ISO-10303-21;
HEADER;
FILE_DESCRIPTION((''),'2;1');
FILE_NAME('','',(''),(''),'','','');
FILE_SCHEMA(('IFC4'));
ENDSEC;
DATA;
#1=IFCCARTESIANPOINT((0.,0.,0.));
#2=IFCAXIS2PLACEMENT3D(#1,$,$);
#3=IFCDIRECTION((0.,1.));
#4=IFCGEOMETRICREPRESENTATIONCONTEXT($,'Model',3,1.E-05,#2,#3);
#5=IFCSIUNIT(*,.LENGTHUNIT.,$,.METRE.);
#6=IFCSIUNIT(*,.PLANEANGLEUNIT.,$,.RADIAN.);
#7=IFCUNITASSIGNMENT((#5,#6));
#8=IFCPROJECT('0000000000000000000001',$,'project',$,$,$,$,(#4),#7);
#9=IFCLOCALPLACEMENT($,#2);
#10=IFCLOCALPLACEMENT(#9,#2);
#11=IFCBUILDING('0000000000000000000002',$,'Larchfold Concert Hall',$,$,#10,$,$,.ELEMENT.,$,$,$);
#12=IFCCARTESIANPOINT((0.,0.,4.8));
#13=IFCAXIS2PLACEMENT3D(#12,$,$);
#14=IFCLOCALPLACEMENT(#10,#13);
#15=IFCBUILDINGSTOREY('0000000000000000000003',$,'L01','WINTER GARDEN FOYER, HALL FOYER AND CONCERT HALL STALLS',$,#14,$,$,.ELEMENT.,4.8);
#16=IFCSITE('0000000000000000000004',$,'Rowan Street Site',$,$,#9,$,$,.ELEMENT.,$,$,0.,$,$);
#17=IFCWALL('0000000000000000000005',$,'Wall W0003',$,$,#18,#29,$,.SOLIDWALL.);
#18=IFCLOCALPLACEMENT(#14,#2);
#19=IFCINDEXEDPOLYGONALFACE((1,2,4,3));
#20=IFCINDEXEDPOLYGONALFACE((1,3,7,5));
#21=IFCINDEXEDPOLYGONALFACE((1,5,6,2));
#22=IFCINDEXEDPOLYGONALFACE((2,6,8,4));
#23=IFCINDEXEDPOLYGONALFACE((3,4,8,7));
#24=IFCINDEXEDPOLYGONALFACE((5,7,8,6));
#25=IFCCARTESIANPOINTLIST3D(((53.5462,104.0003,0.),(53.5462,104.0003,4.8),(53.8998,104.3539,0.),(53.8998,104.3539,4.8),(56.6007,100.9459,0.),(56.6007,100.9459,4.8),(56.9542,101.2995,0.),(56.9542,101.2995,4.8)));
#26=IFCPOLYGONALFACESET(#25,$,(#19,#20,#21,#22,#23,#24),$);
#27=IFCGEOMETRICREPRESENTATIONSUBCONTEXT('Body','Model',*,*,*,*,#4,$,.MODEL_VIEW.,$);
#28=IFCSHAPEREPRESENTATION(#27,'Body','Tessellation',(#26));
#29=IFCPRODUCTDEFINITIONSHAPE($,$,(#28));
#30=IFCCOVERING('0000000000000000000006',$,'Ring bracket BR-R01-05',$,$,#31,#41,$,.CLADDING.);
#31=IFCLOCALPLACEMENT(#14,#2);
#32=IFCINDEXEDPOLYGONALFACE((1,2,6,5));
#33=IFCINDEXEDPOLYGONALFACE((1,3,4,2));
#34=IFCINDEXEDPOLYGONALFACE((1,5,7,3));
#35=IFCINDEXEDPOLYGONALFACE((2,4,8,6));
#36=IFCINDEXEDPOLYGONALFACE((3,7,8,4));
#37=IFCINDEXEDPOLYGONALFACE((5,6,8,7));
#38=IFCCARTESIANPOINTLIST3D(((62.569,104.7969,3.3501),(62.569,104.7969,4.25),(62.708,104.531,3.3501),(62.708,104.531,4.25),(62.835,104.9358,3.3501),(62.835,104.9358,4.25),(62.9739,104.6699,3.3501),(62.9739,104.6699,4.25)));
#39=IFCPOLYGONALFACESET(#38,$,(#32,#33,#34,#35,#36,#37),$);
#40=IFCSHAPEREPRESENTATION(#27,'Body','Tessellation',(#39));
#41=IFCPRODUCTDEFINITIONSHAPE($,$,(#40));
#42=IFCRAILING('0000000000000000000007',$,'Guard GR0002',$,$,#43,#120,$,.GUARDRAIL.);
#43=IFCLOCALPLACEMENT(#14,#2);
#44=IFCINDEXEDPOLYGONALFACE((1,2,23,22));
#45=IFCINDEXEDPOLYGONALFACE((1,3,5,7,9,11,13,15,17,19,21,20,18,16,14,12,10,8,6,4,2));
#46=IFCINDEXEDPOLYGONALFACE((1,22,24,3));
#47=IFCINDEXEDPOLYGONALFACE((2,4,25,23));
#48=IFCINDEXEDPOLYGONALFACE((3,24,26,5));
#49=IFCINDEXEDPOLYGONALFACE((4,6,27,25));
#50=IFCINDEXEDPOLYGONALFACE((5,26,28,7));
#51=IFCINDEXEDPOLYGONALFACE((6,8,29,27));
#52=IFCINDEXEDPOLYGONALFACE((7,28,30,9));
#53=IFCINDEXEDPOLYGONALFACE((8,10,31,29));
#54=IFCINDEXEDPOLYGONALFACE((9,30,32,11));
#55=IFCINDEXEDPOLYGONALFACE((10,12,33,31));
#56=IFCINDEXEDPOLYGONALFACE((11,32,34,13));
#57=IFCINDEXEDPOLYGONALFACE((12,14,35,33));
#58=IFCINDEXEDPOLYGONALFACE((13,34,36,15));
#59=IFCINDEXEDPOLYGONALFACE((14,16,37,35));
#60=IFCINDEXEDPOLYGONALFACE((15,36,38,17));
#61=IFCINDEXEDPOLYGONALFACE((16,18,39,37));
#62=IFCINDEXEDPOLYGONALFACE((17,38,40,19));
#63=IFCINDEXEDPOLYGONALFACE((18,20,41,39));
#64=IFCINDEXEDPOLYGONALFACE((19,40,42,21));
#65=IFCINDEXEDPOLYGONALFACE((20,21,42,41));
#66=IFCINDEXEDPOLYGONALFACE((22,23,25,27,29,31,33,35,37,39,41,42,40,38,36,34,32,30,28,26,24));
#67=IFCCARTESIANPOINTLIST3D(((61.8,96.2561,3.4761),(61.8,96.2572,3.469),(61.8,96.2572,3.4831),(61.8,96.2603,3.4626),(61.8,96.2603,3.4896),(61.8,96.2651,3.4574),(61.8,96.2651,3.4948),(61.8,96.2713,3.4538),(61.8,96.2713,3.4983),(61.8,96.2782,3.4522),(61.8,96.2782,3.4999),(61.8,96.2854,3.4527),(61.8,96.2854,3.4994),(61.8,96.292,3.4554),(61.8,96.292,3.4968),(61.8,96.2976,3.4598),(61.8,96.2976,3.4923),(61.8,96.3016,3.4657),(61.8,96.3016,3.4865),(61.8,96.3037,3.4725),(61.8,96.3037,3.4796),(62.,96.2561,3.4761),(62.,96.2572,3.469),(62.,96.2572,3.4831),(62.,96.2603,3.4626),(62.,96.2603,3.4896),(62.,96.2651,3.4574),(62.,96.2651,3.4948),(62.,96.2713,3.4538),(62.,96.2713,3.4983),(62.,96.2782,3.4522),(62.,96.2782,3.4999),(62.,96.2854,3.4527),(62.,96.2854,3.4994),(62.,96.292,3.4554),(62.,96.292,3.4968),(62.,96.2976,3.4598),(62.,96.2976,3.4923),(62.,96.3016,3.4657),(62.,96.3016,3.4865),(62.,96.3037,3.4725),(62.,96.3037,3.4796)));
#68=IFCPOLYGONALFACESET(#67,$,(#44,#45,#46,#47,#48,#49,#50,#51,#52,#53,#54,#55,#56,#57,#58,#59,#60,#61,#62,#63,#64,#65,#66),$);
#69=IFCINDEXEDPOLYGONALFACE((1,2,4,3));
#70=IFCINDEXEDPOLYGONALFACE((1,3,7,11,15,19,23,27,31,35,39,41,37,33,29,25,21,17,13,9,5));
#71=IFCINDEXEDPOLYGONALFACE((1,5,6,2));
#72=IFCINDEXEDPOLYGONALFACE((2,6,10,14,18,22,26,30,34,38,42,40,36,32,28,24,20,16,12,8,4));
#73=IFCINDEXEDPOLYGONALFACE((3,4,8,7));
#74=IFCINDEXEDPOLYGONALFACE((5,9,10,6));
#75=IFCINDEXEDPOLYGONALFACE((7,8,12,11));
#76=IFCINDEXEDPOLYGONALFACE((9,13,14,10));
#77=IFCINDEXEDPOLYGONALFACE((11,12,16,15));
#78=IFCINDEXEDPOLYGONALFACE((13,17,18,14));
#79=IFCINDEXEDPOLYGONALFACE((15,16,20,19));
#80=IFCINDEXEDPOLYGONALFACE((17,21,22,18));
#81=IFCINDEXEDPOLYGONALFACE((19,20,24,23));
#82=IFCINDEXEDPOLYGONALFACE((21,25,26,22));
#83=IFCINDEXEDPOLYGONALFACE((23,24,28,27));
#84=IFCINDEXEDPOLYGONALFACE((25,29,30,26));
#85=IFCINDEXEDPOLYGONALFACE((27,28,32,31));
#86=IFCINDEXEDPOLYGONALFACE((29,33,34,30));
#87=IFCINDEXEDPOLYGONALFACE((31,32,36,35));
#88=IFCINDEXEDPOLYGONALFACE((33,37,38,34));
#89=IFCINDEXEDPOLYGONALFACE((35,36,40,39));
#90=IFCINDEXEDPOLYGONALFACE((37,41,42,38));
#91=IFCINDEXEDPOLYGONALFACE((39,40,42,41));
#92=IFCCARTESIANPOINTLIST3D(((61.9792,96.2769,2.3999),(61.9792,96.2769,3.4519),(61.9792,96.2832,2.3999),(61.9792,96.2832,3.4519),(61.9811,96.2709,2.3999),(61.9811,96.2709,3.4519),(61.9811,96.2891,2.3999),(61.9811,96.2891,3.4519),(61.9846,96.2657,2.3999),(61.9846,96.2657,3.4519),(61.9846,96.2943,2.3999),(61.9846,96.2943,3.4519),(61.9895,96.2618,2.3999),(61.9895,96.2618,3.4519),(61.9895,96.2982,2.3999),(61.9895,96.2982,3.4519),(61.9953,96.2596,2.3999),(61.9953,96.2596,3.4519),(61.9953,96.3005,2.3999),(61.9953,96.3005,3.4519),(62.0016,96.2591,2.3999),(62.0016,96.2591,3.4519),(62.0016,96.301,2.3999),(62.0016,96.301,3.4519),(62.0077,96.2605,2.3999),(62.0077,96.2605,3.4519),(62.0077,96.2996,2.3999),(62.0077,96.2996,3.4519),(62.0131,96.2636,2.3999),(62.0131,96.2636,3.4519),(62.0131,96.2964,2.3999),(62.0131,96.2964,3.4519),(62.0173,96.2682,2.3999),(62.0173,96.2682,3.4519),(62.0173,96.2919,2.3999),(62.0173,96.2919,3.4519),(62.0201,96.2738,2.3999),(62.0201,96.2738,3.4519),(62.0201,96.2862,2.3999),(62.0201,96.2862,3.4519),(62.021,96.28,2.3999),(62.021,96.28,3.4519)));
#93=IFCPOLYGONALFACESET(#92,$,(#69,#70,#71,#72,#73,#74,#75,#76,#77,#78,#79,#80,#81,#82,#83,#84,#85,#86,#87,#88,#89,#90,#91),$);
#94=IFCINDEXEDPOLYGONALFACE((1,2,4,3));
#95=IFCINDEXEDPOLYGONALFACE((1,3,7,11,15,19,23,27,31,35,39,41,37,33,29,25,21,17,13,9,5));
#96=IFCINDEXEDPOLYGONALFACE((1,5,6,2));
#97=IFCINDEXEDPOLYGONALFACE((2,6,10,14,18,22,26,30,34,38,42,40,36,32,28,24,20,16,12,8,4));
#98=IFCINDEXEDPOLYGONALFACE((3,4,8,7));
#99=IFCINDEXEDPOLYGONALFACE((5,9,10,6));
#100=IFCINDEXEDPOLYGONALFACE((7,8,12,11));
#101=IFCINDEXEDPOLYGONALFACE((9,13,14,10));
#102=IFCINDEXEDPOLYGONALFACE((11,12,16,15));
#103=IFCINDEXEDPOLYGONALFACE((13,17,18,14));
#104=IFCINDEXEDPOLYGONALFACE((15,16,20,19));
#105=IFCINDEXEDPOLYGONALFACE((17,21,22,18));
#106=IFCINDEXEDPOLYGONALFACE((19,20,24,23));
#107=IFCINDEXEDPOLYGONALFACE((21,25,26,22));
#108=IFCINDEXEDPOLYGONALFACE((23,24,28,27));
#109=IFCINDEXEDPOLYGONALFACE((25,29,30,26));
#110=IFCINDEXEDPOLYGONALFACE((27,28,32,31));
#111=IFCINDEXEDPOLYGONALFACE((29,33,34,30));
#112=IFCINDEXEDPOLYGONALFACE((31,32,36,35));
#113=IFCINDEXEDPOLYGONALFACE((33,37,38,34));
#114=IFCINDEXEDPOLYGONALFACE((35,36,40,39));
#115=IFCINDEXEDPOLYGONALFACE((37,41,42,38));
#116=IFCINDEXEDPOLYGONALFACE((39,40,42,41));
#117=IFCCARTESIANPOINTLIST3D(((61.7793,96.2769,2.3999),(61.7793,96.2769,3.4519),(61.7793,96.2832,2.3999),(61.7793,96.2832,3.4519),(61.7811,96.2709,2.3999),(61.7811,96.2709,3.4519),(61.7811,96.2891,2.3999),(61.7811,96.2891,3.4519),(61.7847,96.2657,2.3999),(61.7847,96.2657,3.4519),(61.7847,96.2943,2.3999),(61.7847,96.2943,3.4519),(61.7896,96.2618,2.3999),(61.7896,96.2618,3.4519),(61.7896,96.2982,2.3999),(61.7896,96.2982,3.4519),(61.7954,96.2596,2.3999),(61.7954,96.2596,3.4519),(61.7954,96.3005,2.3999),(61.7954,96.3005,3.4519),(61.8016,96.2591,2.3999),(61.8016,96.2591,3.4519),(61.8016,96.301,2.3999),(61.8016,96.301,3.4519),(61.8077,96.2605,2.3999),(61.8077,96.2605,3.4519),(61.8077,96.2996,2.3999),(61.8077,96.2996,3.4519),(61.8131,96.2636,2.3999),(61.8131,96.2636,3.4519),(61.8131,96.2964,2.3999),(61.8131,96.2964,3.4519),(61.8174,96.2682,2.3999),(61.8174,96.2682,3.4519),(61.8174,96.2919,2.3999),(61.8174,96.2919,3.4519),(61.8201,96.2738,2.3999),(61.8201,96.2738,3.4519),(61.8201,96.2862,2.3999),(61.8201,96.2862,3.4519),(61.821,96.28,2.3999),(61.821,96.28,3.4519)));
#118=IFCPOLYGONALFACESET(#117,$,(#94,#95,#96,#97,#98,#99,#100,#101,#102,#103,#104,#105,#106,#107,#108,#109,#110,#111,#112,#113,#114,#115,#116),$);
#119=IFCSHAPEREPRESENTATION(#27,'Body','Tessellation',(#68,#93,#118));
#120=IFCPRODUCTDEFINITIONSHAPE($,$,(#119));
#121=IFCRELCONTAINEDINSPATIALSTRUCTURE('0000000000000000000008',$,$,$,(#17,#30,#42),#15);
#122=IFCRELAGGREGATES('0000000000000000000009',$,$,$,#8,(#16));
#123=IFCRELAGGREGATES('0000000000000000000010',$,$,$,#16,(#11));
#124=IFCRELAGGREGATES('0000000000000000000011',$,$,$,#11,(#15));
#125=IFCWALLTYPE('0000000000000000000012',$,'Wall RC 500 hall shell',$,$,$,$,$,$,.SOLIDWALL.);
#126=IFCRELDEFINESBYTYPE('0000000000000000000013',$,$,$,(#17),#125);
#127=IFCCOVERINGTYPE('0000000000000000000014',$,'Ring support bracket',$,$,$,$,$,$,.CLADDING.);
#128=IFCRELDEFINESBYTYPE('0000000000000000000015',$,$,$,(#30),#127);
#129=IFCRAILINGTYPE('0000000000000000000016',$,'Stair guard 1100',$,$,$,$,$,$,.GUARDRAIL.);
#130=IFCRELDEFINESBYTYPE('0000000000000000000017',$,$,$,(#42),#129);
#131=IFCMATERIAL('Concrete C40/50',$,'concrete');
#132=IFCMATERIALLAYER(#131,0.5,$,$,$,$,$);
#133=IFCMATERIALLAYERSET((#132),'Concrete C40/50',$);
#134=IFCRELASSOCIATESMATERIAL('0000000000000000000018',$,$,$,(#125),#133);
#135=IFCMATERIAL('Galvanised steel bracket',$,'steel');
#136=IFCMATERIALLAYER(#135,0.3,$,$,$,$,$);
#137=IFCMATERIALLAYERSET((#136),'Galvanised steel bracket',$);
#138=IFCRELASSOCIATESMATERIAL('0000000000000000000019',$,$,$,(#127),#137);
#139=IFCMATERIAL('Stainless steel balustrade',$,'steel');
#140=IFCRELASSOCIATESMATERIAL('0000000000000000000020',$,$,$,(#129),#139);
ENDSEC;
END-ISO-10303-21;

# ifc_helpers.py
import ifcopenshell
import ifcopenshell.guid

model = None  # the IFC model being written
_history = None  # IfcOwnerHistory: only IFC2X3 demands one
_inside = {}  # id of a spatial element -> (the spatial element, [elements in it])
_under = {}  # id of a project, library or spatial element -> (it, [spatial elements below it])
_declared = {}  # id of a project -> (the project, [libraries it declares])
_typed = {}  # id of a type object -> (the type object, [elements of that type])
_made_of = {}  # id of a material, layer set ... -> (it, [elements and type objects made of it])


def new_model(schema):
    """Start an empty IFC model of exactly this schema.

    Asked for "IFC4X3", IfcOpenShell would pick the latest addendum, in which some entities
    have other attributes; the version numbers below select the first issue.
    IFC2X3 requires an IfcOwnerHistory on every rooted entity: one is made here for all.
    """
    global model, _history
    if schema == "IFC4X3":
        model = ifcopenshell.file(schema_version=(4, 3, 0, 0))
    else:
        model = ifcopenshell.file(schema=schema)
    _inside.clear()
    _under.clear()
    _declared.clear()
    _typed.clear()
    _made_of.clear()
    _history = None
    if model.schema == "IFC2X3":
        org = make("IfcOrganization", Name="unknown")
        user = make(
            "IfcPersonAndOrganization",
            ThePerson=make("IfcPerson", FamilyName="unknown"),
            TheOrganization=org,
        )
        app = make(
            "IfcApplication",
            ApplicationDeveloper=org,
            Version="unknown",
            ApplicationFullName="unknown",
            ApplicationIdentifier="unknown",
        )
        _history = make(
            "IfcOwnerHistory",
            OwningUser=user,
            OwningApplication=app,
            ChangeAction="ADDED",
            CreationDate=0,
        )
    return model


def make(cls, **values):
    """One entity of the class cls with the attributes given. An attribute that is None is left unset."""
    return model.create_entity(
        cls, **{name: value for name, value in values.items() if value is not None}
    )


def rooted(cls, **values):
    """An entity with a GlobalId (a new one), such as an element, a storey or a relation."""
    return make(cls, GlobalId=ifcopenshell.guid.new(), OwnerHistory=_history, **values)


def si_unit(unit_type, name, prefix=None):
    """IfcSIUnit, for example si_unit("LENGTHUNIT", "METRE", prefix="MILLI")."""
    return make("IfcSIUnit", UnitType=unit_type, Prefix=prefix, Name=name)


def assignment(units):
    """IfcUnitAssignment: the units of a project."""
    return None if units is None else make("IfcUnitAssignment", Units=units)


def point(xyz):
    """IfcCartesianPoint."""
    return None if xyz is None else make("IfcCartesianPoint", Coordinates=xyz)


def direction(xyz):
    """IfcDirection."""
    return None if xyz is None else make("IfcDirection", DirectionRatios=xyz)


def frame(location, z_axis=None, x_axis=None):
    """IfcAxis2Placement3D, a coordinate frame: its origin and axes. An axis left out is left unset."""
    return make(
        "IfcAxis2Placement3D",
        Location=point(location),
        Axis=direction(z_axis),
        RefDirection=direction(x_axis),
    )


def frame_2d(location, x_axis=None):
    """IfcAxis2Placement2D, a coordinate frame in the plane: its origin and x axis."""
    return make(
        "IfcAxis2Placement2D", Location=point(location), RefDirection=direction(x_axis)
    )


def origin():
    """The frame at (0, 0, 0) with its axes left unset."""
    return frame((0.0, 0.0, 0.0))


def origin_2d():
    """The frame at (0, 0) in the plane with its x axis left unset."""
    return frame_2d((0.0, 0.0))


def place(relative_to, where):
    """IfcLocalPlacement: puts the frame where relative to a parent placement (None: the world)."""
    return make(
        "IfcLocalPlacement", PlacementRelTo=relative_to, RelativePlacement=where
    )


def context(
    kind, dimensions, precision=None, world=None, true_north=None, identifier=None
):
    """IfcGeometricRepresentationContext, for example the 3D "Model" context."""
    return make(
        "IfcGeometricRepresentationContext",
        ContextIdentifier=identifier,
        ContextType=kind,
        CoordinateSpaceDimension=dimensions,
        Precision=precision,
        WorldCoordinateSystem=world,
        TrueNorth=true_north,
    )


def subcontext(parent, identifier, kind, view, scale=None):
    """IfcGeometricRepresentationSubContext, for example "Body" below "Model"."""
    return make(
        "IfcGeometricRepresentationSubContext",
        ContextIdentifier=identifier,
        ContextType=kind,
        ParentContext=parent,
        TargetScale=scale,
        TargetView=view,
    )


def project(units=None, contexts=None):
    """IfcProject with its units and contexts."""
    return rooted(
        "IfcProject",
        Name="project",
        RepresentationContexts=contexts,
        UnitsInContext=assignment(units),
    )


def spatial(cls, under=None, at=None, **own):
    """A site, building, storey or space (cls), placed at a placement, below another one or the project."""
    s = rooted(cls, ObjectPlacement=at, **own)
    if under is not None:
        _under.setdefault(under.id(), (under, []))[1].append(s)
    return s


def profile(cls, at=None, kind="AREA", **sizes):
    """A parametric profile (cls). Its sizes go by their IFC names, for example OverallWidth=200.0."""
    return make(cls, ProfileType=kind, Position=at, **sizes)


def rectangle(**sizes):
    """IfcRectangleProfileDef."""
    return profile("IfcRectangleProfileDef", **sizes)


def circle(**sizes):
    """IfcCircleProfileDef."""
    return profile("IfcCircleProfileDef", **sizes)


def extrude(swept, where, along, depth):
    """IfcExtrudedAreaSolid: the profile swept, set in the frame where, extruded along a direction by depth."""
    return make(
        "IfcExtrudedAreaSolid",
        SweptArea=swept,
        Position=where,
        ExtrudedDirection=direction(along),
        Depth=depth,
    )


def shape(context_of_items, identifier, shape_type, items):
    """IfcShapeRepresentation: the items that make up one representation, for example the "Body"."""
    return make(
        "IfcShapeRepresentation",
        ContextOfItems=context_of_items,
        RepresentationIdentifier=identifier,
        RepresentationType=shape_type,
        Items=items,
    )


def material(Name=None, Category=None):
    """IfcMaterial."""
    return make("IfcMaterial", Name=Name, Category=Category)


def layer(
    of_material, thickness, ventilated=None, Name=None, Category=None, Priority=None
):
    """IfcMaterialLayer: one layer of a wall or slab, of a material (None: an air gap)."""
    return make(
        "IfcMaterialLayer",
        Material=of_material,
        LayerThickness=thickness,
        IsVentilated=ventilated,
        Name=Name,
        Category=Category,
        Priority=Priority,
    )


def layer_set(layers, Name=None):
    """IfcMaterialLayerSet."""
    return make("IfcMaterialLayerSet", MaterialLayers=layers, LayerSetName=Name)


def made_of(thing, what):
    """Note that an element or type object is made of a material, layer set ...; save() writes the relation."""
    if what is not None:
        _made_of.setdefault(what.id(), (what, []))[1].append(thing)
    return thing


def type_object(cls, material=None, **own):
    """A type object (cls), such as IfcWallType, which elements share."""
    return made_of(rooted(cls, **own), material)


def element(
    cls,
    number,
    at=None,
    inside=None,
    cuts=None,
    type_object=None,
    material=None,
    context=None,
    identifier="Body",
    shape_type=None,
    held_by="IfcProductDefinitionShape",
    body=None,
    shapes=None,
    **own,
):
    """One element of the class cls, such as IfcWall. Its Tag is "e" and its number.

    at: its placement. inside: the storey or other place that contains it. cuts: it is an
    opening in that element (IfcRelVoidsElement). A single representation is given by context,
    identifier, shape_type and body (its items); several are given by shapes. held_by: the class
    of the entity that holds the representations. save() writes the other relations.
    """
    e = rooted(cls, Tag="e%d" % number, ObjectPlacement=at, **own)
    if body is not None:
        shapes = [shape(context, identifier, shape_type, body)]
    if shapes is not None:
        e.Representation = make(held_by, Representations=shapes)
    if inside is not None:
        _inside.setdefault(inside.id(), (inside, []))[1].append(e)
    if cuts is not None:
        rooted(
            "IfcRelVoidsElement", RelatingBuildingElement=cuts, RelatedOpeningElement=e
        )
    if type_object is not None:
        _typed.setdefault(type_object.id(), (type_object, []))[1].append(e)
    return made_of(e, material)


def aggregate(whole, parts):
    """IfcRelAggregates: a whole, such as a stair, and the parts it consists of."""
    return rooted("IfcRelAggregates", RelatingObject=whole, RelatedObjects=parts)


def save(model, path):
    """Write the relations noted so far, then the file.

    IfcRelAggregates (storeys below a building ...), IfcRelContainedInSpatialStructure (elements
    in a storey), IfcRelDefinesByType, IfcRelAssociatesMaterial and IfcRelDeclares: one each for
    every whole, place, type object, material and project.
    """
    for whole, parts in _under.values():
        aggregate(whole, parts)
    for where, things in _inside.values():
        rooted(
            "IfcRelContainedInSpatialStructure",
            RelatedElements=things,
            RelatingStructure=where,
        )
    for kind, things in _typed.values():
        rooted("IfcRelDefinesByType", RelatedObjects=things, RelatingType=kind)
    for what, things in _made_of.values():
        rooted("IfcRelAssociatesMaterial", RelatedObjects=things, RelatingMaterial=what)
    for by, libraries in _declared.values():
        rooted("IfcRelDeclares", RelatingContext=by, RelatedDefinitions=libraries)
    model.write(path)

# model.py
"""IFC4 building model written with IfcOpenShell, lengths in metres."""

from ifc_helpers import new_model, si_unit, direction, frame, frame_2d, origin, origin_2d, place, context, subcontext, project, spatial, rectangle, circle, extrude, material, layer, layer_set, type_object, element, save


model = new_model("IFC4")

# Units and contexts
model_context = context("Model", 3, precision=1e-05, world=origin(), true_north=direction((0.0, 1.0)))
body_context = subcontext(model_context, "Body", "Model", "MODEL_VIEW")
ifc_project = project(units=[si_unit("LENGTHUNIT", "METRE"), si_unit("PLANEANGLEUNIT", "RADIAN")], contexts=[model_context])

# Site, building, storey
site_placement = place(None, origin())
site = spatial("IfcSite", under=ifc_project, at=site_placement, Name="Rowan Street Site", CompositionType="ELEMENT", RefElevation=0.0)
building_placement = place(site_placement, origin())
building = spatial("IfcBuilding", under=site, at=building_placement, Name="Larchfold Concert Hall", CompositionType="ELEMENT")
storey_placement = place(building_placement, frame((0.0, 0.0, 4.8)))
storey = spatial("IfcBuildingStorey", under=building, at=storey_placement, Name="L01", Description="WINTER GARDEN FOYER, HALL FOYER AND CONCERT HALL STALLS", CompositionType="ELEMENT", Elevation=4.8)

# Wall
ifc_material_1 = material(Name="Concrete C40/50", Category="concrete")
ifc_layer_1 = layer(ifc_material_1, 0.5)
ifc_layer_set_1 = layer_set([ifc_layer_1], Name="Concrete C40/50")
wall_type_1 = type_object("IfcWallType", Name="Wall RC 500 hall shell", PredefinedType="SOLIDWALL", material=ifc_layer_set_1)
wall_1_placement = place(storey_placement, frame((56.7773, 101.1228, 0.0), z_axis=(0.0, 0.0, 1.0), x_axis=(-0.707107, 0.707107, 0.0)))
element("IfcWall", 1, at=wall_1_placement, inside=storey, type_object=wall_type_1, Name="Wall W0003", PredefinedType="SOLIDWALL", context=body_context, shape_type="SweptSolid", body=[
    extrude(rectangle(XDim=4.3196, YDim=0.5, at=frame_2d((2.1597, 0.0))), origin(), (0.0, 0.0, 1.0), 4.8),
])

# Covering
ifc_material_2 = material(Name="Galvanised steel bracket", Category="steel")
ifc_layer_2 = layer(ifc_material_2, 0.3)
ifc_layer_set_2 = layer_set([ifc_layer_2], Name="Galvanised steel bracket")
covering_type = type_object("IfcCoveringType", Name="Ring support bracket", PredefinedType="CLADDING", material=ifc_layer_set_2)
covering_placement = place(storey_placement, frame((62.7715, 104.7334, 3.3501), z_axis=(0.0, 0.0, 1.0), x_axis=(0.886274, 0.463162, 0.0)))
element("IfcCovering", 2, at=covering_placement, inside=storey, type_object=covering_type, Name="Ring bracket BR-R01-05", PredefinedType="CLADDING", context=body_context, shape_type="SweptSolid", body=[
    extrude(rectangle(XDim=0.3, YDim=0.3, at=origin_2d()), origin(), (0.0, 0.0, 1.0), 0.8999),
])

# Railing
ifc_material_3 = material(Name="Stainless steel balustrade", Category="steel")
railing_type_1 = type_object("IfcRailingType", Name="Stair guard 1100", PredefinedType="GUARDRAIL", material=ifc_material_3)
railing_1_placement = place(storey_placement, frame((62.0, 96.28, 2.3999)))
element("IfcRailing", 3, at=railing_1_placement, inside=storey, type_object=railing_type_1, Name="Guard GR0002", PredefinedType="GUARDRAIL", context=body_context, shape_type="SweptSolid", body=[
    extrude(circle(Radius=0.0239, at=origin_2d()), frame((0.0, 0.0, 1.0762), z_axis=(-1.0, 0.0, 0.0), x_axis=(0.0, -1.0, 0.0)), (0.0, 0.0, 1.0), 0.2),
    extrude(circle(Radius=0.021, at=origin_2d()), origin(), (0.0, 0.0, 1.0), 1.052),
    extrude(circle(Radius=0.021, at=origin_2d()), frame((-0.2, 0.0, 0.0)), (0.0, 0.0, 1.0), 1.052),
])

save(model, "model.ifc")
